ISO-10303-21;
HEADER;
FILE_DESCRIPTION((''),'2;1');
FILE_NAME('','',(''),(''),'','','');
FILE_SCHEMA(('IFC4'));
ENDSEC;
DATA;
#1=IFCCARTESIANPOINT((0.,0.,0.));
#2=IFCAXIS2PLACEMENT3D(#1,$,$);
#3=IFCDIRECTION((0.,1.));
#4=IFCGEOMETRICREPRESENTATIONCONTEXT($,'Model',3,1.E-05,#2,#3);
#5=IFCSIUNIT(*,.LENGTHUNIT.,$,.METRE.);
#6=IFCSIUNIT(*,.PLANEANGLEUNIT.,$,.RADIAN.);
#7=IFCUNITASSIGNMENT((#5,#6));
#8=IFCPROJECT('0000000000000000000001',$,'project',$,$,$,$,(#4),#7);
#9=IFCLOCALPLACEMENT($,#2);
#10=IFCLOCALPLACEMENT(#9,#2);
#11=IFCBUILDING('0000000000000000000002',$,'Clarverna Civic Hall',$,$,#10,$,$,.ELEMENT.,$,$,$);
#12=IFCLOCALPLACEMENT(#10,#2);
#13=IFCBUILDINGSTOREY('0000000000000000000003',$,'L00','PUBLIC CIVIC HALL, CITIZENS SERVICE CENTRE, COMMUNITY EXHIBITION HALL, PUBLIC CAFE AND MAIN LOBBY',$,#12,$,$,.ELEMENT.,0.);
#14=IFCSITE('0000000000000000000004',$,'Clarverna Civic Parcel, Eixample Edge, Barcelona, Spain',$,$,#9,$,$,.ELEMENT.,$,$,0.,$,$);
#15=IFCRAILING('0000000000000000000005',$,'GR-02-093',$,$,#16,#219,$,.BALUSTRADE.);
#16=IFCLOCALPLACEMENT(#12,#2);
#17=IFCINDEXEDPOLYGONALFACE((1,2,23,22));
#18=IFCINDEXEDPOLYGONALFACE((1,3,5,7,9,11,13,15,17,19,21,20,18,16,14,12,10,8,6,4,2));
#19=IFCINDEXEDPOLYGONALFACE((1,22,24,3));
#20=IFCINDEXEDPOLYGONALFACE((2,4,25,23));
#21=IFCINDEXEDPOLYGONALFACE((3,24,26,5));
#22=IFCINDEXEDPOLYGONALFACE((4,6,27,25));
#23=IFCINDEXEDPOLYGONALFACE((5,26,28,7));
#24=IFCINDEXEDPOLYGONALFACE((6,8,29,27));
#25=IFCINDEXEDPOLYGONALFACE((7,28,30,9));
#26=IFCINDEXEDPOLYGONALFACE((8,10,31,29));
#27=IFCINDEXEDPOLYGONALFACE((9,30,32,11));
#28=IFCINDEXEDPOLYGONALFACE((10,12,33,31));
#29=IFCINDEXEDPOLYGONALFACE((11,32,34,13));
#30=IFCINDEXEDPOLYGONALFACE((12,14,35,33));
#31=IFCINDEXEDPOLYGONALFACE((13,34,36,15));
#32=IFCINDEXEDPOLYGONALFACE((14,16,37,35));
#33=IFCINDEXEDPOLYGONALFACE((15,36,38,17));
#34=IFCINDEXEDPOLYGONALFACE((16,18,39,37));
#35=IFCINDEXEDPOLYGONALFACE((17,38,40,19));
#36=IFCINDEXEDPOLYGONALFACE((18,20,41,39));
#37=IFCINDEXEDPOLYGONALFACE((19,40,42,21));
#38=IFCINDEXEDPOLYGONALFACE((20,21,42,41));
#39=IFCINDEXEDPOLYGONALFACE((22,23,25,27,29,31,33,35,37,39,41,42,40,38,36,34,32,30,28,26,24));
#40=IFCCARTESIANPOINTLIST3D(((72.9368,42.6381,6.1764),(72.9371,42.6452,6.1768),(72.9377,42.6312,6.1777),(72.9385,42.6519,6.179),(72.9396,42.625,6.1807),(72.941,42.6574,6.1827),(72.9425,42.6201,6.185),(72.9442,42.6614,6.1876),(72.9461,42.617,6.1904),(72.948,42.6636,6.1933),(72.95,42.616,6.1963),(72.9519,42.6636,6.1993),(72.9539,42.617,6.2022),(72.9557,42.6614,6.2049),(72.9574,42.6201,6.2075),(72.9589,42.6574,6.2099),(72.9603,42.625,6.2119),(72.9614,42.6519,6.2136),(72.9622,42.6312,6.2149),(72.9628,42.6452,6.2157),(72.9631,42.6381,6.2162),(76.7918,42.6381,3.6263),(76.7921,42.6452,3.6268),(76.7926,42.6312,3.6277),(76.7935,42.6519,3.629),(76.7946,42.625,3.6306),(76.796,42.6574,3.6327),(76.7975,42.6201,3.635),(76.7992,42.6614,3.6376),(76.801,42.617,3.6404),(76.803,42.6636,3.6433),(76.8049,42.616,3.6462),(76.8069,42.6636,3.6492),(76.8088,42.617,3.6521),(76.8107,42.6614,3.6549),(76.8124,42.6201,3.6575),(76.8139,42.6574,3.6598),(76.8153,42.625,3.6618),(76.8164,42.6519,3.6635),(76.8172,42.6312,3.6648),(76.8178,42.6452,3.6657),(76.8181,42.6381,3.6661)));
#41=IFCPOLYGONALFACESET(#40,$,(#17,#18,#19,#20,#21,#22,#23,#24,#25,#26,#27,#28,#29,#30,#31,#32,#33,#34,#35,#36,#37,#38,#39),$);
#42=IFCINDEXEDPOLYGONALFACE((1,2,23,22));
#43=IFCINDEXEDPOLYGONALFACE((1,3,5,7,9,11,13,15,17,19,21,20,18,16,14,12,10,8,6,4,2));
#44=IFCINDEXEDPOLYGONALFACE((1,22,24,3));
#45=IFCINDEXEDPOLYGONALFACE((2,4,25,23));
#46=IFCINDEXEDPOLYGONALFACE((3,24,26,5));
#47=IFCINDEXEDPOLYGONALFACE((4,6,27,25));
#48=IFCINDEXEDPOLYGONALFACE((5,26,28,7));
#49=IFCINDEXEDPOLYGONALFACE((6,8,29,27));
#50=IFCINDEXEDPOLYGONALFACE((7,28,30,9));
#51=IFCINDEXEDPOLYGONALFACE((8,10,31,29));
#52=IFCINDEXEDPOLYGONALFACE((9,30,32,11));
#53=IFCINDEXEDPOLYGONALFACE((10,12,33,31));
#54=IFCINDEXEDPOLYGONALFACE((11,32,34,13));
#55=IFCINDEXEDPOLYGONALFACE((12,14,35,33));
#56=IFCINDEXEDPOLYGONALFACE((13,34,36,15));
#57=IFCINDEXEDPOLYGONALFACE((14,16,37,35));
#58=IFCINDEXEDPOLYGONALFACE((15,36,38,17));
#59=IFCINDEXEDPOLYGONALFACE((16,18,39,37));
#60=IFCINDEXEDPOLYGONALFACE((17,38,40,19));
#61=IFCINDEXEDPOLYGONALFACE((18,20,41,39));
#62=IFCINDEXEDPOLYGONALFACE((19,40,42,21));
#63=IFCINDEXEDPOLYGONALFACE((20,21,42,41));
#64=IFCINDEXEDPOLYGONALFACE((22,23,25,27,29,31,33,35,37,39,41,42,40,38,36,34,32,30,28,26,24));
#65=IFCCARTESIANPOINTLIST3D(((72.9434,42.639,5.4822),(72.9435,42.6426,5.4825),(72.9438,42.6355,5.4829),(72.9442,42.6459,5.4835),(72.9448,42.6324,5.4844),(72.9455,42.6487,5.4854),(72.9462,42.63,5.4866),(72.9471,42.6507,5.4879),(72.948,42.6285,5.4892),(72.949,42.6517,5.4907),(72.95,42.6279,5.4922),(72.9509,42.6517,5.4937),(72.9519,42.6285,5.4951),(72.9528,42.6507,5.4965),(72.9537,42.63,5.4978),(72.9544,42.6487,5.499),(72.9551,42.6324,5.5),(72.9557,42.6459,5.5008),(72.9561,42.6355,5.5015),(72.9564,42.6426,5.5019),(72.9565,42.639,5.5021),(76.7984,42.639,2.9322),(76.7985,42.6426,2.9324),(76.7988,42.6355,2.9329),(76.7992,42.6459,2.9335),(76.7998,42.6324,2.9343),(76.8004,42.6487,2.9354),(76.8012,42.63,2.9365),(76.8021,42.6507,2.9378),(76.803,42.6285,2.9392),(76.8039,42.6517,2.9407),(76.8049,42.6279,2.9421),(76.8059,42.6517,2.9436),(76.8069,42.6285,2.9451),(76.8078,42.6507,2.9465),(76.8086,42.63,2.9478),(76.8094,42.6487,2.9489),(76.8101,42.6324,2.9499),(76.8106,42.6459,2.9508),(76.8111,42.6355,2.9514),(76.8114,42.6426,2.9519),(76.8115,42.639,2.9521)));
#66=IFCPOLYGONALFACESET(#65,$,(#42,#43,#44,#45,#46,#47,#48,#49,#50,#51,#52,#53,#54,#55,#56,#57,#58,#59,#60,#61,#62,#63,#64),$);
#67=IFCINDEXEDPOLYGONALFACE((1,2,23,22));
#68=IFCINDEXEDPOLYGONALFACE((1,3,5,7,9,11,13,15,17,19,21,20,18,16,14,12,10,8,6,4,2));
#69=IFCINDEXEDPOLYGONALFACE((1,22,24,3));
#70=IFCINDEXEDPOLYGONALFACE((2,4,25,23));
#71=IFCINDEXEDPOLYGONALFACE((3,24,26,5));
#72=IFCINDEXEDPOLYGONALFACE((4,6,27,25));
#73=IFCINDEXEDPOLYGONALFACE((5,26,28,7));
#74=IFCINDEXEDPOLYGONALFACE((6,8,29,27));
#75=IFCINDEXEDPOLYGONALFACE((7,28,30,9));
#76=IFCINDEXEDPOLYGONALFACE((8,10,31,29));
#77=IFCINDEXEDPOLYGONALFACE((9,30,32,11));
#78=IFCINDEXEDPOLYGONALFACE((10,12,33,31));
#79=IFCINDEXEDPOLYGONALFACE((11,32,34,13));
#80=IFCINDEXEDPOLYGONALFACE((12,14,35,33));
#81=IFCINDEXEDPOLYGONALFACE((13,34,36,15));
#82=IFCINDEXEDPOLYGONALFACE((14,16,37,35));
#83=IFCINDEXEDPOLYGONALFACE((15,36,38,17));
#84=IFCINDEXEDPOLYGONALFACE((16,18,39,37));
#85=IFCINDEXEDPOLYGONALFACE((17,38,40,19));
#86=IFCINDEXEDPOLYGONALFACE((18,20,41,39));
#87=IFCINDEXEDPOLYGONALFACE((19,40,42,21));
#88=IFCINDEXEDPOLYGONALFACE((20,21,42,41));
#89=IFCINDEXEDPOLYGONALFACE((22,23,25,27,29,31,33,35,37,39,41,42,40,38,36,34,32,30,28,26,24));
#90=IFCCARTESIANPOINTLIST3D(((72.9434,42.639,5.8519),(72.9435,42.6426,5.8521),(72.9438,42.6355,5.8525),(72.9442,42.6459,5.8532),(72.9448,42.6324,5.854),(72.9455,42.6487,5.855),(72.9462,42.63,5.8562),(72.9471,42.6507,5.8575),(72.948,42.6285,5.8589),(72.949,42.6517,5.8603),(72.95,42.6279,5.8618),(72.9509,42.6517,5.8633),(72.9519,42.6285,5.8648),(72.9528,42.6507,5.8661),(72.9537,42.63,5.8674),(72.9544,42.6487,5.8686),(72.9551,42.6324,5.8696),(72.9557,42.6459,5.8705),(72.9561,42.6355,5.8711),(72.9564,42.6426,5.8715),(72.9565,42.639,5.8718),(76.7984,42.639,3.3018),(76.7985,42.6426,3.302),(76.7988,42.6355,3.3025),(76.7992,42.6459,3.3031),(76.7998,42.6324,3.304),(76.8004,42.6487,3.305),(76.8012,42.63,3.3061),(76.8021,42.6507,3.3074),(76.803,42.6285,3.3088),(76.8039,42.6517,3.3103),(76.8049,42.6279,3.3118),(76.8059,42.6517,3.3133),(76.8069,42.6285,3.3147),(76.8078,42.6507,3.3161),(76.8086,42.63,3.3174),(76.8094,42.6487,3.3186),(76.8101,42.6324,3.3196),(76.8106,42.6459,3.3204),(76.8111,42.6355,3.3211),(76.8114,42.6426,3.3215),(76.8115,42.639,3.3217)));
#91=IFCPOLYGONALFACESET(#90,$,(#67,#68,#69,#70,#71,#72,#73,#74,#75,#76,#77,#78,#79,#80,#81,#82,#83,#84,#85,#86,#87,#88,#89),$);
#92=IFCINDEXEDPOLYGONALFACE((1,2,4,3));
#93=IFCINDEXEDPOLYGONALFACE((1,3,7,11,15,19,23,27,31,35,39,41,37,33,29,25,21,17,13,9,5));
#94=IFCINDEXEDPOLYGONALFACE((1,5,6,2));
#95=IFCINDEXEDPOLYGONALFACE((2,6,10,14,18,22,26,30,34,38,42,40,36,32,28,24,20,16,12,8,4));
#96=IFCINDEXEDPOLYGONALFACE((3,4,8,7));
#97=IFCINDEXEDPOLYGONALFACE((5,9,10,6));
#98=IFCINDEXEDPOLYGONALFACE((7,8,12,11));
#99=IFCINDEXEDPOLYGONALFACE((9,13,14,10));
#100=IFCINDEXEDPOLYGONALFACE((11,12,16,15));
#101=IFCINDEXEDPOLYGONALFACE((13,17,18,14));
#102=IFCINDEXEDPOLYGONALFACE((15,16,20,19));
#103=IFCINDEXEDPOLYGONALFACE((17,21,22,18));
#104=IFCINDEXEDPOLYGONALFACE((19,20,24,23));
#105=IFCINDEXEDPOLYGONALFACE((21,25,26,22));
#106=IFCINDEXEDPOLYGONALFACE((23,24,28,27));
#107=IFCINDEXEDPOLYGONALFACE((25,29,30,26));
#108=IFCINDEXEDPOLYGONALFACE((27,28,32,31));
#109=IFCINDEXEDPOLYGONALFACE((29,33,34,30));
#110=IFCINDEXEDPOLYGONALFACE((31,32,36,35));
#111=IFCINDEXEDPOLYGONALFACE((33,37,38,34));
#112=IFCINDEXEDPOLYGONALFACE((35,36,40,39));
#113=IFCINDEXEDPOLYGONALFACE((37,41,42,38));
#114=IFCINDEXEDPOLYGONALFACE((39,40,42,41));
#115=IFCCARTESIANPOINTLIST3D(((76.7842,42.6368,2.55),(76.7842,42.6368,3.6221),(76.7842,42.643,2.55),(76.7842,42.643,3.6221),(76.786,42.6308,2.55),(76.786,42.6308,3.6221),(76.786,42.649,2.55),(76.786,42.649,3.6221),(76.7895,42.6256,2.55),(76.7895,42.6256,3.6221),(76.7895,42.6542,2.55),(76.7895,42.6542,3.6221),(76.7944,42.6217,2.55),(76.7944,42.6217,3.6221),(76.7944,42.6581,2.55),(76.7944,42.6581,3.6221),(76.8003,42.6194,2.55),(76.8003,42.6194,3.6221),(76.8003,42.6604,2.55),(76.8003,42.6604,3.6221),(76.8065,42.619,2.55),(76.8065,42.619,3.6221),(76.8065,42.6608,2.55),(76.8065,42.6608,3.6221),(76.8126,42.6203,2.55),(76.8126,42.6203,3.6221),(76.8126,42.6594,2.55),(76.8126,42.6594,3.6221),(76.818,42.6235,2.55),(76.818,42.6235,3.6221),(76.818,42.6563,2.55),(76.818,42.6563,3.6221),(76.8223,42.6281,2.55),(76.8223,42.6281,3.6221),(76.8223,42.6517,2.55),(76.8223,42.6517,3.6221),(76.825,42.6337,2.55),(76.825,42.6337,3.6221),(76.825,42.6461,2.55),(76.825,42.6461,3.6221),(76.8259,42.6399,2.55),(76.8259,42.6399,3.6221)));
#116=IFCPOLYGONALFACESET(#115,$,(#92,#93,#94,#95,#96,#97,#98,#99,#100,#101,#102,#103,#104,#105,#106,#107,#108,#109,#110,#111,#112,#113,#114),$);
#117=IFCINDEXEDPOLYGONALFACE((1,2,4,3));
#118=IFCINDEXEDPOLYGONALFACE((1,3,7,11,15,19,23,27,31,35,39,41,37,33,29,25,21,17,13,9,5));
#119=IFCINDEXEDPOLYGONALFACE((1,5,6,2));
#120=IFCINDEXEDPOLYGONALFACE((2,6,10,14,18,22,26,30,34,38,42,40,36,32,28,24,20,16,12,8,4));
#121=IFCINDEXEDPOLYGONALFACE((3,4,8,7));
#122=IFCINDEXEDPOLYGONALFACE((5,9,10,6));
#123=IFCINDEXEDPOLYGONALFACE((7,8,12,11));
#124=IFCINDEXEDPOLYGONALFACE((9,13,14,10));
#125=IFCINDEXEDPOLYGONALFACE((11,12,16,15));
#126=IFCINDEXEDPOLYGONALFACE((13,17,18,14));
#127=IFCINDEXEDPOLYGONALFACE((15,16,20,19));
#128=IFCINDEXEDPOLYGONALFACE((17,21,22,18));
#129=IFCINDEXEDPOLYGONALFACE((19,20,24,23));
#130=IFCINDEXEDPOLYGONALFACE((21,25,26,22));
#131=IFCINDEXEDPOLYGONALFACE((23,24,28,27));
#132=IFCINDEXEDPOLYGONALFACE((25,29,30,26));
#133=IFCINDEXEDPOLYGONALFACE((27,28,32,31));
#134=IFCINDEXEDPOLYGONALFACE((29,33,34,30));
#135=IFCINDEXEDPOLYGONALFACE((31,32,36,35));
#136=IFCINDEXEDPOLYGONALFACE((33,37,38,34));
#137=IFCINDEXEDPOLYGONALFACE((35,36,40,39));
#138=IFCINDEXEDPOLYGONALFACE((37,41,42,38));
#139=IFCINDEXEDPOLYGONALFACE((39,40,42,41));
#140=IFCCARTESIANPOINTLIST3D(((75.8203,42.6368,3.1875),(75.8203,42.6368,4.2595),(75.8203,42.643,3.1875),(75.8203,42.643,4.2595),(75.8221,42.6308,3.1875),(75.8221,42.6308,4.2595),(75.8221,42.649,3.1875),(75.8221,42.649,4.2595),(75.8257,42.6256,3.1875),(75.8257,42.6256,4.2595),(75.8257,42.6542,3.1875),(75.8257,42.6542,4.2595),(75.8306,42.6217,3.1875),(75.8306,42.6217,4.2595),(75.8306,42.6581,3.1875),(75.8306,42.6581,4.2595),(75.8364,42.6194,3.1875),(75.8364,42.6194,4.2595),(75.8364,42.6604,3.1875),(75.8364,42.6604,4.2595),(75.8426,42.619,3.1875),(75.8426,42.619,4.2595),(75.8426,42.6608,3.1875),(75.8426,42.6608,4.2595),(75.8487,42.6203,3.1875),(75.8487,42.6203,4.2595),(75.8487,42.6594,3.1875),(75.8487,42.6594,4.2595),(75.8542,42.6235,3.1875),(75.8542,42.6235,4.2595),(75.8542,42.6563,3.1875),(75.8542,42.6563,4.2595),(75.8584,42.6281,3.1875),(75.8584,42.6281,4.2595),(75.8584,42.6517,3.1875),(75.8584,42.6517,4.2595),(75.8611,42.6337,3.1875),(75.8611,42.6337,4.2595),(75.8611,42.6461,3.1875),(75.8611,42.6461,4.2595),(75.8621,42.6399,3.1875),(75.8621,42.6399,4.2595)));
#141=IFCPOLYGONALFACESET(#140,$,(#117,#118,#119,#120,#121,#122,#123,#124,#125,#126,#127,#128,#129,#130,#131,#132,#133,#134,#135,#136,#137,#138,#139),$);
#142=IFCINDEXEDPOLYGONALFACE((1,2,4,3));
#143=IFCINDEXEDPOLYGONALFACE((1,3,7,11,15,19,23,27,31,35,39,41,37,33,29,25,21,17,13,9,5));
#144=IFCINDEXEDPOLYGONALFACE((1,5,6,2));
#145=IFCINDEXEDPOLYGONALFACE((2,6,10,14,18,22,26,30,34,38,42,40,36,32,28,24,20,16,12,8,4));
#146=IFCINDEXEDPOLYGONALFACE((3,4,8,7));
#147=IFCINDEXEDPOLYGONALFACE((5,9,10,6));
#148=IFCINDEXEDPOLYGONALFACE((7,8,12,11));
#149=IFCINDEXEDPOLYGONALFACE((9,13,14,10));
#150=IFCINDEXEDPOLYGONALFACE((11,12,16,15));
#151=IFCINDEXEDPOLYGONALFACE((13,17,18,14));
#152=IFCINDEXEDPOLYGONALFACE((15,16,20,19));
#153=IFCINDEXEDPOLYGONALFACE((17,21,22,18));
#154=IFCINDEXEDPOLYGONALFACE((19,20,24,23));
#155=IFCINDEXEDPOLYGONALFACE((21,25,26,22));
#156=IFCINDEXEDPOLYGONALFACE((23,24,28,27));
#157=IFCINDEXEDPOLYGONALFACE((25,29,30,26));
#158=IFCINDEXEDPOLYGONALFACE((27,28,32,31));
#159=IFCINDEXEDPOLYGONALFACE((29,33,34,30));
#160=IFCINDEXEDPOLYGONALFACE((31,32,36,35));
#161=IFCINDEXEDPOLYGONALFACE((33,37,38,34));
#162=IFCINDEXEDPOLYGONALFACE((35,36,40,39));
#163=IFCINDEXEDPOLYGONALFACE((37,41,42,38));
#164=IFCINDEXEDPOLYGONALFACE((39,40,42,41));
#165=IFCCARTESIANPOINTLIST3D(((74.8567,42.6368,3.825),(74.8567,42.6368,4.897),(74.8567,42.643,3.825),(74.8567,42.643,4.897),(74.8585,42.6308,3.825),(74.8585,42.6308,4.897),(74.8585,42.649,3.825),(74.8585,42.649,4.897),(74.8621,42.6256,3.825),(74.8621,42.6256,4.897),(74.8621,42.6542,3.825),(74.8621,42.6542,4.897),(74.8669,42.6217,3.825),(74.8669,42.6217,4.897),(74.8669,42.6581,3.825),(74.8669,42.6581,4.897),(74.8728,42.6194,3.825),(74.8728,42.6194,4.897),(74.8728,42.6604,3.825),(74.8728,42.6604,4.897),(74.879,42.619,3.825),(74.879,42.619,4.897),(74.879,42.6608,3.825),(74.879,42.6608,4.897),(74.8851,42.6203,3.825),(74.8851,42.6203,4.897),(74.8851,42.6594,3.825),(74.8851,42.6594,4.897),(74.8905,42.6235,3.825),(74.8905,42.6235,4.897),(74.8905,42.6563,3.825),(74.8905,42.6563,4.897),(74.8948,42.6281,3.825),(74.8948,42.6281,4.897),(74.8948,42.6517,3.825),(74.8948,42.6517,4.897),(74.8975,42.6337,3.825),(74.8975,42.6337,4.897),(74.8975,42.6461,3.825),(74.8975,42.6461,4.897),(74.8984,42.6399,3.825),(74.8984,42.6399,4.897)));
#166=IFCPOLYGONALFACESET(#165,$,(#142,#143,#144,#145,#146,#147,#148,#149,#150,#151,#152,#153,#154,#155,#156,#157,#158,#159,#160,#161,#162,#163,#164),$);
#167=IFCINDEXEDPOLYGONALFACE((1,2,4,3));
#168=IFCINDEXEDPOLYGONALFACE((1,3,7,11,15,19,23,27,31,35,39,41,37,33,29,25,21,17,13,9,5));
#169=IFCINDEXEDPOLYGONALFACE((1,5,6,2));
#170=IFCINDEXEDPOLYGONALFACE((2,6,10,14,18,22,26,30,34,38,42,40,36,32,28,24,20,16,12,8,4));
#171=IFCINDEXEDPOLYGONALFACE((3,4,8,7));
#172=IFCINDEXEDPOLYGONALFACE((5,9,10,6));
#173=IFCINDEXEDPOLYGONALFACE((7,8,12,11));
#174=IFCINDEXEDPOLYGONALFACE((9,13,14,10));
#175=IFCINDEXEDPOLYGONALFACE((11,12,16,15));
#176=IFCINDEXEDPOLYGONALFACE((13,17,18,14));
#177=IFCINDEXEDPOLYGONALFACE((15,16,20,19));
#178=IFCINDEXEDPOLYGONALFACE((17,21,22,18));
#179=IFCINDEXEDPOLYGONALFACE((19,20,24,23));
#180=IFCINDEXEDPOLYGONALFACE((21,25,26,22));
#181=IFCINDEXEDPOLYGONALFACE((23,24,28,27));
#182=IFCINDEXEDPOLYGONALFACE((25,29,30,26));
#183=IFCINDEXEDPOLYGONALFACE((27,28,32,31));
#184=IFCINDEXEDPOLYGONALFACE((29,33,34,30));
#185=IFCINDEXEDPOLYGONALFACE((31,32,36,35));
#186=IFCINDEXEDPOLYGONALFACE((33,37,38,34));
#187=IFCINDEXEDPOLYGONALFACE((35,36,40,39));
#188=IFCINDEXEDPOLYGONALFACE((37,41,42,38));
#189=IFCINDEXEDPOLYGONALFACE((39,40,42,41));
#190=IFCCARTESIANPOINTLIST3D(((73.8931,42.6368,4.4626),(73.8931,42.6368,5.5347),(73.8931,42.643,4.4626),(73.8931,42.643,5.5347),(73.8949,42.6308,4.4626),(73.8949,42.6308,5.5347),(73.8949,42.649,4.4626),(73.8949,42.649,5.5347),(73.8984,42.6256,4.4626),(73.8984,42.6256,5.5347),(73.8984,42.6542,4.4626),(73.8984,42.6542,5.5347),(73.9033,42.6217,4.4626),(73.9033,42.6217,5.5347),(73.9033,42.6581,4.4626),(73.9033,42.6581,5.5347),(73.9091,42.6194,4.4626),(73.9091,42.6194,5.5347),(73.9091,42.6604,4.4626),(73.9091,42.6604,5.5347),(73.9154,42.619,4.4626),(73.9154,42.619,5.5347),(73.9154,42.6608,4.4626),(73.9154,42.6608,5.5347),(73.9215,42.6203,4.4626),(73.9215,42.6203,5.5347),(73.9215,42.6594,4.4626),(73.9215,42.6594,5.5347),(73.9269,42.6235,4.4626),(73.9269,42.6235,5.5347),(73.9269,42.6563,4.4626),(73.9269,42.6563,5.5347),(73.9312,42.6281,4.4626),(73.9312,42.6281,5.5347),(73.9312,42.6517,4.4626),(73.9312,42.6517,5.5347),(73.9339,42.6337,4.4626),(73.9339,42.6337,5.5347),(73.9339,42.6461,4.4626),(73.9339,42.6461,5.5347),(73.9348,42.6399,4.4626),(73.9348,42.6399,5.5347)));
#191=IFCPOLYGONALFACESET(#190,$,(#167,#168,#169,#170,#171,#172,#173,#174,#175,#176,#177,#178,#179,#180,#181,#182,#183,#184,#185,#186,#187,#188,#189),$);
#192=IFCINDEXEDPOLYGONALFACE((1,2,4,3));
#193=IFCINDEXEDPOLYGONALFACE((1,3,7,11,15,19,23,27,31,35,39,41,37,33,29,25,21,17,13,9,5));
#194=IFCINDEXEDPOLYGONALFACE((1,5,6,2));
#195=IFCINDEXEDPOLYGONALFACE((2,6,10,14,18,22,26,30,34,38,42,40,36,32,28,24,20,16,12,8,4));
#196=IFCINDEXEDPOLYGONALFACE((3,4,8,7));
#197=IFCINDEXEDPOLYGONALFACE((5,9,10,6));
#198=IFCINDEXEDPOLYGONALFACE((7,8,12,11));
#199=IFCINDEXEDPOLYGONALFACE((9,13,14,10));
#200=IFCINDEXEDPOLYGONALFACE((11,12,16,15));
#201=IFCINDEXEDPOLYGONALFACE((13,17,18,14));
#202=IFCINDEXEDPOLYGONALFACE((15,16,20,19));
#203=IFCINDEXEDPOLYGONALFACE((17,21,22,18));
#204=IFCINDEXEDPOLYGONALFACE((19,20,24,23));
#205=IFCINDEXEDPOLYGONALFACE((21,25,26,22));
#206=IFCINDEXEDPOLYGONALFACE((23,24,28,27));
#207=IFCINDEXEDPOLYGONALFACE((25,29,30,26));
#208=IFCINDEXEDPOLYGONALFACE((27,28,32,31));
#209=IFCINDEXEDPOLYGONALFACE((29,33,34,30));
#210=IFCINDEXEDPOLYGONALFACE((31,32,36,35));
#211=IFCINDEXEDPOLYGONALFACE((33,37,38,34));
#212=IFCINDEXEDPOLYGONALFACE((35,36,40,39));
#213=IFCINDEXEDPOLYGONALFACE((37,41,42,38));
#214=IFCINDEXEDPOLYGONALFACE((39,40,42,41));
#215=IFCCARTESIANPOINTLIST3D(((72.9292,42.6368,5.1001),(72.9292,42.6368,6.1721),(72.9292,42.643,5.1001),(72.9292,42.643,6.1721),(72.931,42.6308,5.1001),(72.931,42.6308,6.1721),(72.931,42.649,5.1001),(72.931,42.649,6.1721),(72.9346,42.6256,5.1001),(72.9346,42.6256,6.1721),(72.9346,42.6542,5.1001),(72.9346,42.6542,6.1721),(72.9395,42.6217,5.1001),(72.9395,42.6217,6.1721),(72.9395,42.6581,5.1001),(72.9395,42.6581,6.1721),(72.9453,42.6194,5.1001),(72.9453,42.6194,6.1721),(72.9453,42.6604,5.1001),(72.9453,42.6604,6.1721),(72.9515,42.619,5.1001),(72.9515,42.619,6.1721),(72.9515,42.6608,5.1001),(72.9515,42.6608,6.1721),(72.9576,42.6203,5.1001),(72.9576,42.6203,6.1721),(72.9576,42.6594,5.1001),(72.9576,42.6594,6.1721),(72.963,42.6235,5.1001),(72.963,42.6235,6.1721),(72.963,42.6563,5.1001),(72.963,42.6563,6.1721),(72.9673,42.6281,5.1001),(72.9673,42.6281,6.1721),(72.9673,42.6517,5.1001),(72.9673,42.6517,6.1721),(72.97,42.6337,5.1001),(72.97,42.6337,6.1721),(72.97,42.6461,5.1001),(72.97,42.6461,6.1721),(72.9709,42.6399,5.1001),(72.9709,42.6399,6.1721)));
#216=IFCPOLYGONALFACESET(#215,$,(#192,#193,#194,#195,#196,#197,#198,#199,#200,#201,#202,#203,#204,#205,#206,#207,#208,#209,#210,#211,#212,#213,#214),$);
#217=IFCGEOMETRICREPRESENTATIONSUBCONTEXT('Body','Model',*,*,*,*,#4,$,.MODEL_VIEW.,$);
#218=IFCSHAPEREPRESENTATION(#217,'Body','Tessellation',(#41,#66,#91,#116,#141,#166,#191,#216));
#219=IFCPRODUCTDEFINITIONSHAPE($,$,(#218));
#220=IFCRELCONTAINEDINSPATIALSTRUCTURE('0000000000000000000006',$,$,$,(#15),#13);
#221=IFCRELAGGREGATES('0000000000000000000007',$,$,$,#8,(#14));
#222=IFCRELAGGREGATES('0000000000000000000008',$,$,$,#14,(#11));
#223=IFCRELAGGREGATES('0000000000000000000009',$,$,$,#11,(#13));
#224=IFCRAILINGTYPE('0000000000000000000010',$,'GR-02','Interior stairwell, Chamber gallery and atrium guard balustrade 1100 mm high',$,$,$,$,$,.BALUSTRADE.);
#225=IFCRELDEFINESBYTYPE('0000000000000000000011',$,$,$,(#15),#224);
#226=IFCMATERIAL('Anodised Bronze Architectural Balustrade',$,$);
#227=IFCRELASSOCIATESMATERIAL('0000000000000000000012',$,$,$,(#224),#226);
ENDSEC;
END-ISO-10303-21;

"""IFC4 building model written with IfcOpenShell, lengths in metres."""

from ifc_helpers import new_model, si_unit, direction, frame, origin, origin_2d, place, context, subcontext, project, spatial, circle, extrude, material, type_object, element, save


model = new_model("IFC4")

# Units and contexts
model_context = context("Model", 3, precision=1e-05, world=origin(), true_north=direction((0.0, 1.0)))
body_context = subcontext(model_context, "Body", "Model", "MODEL_VIEW")
ifc_project = project(units=[si_unit("LENGTHUNIT", "METRE"), si_unit("PLANEANGLEUNIT", "RADIAN")], contexts=[model_context])

# Site, building, storey
site_placement = place(None, origin())
site = spatial("IfcSite", under=ifc_project, at=site_placement, Name="Clarverna Civic Parcel, Eixample Edge, Barcelona, Spain", CompositionType="ELEMENT", RefElevation=0.0)
building_placement = place(site_placement, origin())
building = spatial("IfcBuilding", under=site, at=building_placement, Name="Clarverna Civic Hall", CompositionType="ELEMENT")
storey_placement = place(building_placement, origin())
storey = spatial("IfcBuildingStorey", under=building, at=storey_placement, Name="L00", Description="PUBLIC CIVIC HALL, CITIZENS SERVICE CENTRE, COMMUNITY EXHIBITION HALL, PUBLIC CAFE AND MAIN LOBBY", CompositionType="ELEMENT", Elevation=0.0)

# Railing
ifc_material_1 = material(Name="Anodised Bronze Architectural Balustrade")
railing_type_1 = type_object("IfcRailingType", Name="GR-02", Description="Interior stairwell, Chamber gallery and atrium guard balustrade 1100 mm high", PredefinedType="BALUSTRADE", material=ifc_material_1)
railing_1_placement = place(storey_placement, frame((76.8049, 42.6399, 2.55)))
element("IfcRailing", 1, at=railing_1_placement, inside=storey, type_object=railing_type_1, Name="GR-02-093", PredefinedType="BALUSTRADE", context=body_context, shape_type="SweptSolid", body=[
    extrude(circle(Radius=0.0239, at=origin_2d()), frame((0.0, 0.0, 1.0962), z_axis=(-0.834036, 0.0, 0.55171), x_axis=(0.0, -1.0, 0.0)), (0.0, 0.0, 1.0), 4.6221),
    extrude(circle(Radius=0.012, at=origin_2d()), frame((0.0, 0.0, 0.3921), z_axis=(-0.834036, 0.0, 0.55171), x_axis=(0.0, -1.0, 0.0)), (0.0, 0.0, 1.0), 4.6221),
    extrude(circle(Radius=0.012, at=origin_2d()), frame((0.0, 0.0, 0.7617), z_axis=(-0.834036, 0.0, 0.55171), x_axis=(0.0, -1.0, 0.0)), (0.0, 0.0, 1.0), 4.6221),
    extrude(circle(Radius=0.021, at=origin_2d()), origin(), (0.0, 0.0, 1.0), 1.072),
    extrude(circle(Radius=0.021, at=origin_2d()), frame((-0.9639, 0.0, 0.6375)), (0.0, 0.0, 1.0), 1.072),
    extrude(circle(Radius=0.021, at=origin_2d()), frame((-1.9275, 0.0, 1.2749)), (0.0, 0.0, 1.0), 1.072),
    extrude(circle(Radius=0.021, at=origin_2d()), frame((-2.8911, 0.0, 1.9126)), (0.0, 0.0, 1.0), 1.072),
    extrude(circle(Radius=0.021, at=origin_2d()), frame((-3.855, 0.0, 2.55)), (0.0, 0.0, 1.0), 1.072),
])

save(model, "model.ifc")
